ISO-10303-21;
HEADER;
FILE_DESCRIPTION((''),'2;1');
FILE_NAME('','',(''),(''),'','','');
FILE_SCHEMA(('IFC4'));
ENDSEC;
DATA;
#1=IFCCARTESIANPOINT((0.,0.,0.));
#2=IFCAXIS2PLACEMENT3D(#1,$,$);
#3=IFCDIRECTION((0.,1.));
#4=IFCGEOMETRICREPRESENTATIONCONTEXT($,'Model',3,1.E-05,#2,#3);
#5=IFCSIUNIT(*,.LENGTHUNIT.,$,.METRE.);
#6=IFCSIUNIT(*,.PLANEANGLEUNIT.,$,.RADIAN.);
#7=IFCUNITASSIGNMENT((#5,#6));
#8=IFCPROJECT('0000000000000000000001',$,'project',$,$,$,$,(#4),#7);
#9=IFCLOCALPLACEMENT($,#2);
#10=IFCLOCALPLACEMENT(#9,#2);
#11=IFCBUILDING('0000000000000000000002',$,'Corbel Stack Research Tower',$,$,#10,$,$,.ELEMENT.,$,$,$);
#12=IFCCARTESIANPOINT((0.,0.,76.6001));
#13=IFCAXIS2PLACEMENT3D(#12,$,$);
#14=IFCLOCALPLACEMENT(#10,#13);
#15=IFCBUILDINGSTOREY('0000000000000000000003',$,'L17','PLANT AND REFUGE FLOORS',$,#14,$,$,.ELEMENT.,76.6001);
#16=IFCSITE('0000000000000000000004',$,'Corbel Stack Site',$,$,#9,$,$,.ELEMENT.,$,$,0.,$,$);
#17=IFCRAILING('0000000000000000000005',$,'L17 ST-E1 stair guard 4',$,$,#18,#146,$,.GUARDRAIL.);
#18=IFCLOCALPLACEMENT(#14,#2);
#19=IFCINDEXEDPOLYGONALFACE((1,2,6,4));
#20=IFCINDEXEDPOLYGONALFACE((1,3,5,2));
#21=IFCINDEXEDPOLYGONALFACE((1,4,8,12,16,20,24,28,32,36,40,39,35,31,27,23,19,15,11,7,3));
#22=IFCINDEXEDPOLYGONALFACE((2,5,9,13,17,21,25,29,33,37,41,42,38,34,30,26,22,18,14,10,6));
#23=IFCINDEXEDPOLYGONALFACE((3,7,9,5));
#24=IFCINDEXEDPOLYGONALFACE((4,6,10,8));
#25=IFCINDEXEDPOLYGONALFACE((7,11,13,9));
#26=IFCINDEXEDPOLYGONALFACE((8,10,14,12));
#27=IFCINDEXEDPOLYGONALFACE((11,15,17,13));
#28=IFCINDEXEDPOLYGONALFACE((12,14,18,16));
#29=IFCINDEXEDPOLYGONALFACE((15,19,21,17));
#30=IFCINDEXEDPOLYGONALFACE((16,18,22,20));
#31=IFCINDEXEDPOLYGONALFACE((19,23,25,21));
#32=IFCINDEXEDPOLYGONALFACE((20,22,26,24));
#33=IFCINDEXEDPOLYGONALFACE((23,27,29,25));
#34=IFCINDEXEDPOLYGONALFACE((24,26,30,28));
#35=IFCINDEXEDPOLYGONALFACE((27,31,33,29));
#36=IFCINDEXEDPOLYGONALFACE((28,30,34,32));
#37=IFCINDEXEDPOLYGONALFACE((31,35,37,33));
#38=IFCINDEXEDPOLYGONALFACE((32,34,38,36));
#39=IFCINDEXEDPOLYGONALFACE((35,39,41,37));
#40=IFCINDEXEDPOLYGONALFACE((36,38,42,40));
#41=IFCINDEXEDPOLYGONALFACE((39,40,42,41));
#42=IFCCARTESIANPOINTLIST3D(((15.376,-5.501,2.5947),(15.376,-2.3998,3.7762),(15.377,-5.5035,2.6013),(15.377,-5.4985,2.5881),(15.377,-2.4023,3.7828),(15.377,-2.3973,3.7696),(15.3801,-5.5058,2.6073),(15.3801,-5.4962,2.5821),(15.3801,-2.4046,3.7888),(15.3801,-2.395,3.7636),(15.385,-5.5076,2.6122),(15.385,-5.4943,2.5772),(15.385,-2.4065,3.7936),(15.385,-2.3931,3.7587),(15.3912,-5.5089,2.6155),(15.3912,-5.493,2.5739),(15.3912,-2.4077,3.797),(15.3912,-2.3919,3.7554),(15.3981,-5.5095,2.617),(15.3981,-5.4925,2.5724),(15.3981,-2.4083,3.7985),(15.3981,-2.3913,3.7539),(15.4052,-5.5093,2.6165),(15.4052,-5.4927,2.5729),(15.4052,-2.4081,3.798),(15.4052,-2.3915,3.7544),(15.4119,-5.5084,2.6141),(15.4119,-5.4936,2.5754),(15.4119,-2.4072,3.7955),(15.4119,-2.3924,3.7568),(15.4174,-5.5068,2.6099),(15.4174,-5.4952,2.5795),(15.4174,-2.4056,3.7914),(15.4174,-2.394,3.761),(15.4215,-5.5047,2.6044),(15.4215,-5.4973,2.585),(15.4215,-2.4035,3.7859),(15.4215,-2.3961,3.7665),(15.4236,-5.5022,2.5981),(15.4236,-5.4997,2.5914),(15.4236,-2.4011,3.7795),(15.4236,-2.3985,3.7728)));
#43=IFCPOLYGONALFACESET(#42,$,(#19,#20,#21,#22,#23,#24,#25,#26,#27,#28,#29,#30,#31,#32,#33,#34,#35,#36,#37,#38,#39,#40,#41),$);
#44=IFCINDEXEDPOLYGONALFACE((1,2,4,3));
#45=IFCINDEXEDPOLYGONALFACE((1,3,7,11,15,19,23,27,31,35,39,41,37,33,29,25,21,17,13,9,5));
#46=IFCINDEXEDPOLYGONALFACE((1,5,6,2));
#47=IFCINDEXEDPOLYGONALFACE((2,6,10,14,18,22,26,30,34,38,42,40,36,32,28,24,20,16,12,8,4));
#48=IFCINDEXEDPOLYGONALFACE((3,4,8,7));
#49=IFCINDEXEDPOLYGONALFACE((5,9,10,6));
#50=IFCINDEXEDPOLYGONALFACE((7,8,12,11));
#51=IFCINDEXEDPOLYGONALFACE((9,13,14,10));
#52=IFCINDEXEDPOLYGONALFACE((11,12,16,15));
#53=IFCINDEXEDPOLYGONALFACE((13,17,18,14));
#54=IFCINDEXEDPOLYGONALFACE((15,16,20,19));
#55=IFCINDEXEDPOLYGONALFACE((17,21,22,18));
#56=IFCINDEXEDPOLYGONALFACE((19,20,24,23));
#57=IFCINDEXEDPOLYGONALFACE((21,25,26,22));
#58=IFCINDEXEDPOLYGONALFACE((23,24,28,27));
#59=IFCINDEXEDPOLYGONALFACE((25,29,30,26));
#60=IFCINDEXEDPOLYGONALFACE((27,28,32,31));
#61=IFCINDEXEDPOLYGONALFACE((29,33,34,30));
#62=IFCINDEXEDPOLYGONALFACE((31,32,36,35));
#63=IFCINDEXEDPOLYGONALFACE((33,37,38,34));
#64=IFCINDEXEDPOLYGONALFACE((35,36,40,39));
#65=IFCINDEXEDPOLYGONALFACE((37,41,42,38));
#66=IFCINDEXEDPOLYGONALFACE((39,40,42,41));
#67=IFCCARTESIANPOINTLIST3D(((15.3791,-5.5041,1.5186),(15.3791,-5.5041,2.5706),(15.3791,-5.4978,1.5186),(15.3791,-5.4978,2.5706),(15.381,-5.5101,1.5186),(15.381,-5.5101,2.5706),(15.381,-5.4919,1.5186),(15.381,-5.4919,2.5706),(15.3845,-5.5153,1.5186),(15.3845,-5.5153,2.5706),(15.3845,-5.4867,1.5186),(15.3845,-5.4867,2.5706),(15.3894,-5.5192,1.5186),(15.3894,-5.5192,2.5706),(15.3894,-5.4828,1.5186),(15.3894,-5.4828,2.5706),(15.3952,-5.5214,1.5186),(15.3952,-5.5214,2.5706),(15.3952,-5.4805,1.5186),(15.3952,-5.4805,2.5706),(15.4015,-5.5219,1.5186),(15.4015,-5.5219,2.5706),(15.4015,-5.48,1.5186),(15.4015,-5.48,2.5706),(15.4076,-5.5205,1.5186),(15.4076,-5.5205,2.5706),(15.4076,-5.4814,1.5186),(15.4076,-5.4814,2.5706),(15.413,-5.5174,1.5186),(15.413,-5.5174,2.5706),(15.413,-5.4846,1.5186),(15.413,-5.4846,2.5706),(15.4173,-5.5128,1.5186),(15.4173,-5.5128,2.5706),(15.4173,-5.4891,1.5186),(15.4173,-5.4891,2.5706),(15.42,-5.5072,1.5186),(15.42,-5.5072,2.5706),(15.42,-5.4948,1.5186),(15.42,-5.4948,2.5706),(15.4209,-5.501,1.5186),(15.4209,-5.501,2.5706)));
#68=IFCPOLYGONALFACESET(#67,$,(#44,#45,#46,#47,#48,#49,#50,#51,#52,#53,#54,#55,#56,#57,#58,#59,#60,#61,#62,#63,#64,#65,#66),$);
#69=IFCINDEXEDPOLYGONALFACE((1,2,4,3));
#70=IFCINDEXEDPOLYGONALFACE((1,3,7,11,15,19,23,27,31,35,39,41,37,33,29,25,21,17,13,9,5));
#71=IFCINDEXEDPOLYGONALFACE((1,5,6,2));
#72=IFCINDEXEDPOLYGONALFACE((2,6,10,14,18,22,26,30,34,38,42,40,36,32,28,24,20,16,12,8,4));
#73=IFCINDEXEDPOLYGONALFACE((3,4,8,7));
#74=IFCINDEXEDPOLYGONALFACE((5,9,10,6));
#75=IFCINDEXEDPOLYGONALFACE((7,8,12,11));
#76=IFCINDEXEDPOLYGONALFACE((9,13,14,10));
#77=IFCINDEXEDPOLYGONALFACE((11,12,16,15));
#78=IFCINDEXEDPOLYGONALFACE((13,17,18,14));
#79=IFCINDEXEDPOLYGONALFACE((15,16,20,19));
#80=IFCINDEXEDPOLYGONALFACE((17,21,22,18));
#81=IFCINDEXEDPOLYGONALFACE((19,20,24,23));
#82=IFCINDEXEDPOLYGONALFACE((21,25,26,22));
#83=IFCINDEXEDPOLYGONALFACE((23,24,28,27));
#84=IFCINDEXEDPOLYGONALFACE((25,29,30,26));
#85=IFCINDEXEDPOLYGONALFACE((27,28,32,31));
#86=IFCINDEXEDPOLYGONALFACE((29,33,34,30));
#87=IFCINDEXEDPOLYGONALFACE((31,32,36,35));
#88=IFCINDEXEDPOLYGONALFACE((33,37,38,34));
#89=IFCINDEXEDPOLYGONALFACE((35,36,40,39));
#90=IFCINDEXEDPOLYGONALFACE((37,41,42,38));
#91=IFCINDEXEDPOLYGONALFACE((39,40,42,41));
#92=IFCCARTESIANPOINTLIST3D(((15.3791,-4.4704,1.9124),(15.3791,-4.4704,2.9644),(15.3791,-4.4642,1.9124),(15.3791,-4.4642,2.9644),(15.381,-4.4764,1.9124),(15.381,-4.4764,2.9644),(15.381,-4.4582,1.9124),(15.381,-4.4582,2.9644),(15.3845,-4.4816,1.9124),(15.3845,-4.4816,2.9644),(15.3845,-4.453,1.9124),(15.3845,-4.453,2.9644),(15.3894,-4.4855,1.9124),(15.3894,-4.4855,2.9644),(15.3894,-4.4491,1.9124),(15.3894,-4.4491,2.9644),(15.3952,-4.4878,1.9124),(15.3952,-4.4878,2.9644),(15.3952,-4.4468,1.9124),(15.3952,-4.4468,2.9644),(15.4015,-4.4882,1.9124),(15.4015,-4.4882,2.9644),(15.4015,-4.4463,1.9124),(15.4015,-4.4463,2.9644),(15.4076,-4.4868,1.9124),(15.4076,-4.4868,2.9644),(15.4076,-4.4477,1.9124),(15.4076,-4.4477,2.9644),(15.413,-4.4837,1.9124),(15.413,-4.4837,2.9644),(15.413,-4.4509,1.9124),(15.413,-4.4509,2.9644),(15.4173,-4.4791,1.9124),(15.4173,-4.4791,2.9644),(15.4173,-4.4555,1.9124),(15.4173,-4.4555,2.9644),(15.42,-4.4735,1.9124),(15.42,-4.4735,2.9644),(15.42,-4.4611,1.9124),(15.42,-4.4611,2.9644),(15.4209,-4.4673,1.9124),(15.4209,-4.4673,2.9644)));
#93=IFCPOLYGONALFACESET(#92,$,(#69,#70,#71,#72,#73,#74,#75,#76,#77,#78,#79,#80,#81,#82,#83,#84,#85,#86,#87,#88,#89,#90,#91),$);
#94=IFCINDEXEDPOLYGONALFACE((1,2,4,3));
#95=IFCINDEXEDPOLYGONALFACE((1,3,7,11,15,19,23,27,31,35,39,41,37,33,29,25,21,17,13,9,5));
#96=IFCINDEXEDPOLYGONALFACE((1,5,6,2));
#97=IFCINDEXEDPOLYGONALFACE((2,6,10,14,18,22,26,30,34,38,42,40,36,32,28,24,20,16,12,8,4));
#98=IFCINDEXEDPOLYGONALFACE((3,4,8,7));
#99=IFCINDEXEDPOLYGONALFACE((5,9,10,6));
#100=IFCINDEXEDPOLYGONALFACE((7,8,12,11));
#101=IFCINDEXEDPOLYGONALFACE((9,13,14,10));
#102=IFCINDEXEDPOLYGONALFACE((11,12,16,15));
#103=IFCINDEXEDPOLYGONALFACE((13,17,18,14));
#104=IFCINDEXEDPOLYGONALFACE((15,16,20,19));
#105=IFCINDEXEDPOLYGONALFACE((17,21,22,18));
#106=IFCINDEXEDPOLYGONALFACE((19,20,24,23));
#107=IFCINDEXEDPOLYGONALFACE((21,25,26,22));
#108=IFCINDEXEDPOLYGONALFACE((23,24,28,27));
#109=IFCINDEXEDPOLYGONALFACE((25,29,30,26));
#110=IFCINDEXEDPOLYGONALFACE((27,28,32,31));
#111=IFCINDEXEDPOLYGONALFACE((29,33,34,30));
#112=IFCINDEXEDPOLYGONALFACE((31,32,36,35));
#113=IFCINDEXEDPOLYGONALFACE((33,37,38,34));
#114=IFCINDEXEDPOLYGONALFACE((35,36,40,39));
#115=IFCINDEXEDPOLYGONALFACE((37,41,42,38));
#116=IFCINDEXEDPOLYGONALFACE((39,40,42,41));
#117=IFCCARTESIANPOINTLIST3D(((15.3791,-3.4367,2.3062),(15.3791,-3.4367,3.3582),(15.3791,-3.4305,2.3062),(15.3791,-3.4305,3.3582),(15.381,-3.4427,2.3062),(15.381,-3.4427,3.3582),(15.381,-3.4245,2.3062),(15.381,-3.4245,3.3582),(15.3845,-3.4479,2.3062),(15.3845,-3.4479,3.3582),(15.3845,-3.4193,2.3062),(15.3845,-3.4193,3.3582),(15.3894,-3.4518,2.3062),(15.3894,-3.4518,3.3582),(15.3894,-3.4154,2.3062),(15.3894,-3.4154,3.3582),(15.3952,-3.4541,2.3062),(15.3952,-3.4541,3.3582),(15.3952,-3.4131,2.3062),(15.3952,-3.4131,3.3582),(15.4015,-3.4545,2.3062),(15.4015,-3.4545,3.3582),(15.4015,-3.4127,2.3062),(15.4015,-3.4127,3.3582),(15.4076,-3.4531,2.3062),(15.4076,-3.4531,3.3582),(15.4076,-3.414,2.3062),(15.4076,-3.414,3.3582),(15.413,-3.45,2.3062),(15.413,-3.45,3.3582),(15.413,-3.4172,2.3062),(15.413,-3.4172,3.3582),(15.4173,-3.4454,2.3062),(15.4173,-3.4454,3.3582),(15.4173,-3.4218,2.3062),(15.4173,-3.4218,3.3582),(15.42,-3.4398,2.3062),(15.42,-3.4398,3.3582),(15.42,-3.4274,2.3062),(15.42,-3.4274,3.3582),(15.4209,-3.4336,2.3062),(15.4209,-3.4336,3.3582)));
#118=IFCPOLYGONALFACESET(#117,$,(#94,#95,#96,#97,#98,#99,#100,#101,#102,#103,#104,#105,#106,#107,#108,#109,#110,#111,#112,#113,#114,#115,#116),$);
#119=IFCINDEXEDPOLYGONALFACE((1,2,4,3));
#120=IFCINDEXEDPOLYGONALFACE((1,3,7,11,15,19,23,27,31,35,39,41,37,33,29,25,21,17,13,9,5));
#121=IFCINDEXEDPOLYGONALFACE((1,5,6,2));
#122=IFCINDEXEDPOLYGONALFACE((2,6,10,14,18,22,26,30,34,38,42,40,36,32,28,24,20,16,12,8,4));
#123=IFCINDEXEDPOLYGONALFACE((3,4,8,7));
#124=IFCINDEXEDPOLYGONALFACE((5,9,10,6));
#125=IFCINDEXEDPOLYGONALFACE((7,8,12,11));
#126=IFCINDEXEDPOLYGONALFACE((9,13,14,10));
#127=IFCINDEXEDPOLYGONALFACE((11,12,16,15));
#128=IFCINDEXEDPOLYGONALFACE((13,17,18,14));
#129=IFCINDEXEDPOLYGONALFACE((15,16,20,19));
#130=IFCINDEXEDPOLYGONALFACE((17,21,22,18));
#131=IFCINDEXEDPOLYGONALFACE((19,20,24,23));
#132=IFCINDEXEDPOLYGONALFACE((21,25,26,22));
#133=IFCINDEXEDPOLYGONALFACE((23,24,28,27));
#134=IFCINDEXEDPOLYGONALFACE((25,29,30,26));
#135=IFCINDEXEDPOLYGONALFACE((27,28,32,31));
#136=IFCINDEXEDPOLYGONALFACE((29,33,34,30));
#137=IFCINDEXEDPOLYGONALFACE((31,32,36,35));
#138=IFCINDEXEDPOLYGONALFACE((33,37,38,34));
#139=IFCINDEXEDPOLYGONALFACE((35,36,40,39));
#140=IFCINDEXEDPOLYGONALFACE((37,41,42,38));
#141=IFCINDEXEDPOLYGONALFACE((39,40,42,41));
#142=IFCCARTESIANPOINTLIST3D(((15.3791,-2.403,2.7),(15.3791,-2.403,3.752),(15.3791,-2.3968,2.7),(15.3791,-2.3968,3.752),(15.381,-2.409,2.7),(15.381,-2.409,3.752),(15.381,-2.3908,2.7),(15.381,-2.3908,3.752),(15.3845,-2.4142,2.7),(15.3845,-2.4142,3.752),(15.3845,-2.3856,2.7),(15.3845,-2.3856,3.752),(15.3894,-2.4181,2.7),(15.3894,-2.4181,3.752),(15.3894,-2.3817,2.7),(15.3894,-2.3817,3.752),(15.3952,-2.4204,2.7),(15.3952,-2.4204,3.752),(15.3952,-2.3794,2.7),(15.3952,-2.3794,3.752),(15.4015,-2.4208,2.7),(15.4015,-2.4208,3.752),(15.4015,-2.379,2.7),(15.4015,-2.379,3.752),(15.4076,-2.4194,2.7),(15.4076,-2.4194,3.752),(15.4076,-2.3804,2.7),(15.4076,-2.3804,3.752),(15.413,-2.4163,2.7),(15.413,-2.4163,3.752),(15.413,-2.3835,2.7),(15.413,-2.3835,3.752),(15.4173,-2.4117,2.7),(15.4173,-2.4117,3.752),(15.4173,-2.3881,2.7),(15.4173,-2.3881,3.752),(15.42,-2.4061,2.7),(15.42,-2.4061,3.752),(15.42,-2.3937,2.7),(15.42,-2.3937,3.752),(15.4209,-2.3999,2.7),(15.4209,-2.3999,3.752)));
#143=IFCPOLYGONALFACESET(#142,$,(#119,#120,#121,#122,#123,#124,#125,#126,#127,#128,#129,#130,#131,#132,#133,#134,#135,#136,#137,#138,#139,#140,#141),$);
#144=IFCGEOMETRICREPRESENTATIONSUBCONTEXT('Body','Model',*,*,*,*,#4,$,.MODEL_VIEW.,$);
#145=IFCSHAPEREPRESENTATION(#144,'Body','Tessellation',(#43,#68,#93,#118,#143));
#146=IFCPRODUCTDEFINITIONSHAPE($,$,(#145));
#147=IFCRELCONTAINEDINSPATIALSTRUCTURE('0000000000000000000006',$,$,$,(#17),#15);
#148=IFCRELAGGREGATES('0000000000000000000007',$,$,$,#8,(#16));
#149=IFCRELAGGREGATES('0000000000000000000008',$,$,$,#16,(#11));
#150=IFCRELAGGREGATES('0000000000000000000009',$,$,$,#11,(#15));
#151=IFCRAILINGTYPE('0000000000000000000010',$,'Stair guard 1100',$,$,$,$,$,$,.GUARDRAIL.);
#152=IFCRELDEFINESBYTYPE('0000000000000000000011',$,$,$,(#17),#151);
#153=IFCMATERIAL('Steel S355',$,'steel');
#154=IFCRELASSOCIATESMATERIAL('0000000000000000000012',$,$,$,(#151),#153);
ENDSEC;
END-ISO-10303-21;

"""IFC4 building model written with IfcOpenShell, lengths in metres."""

from ifc_helpers import new_model, si_unit, direction, frame, origin, origin_2d, place, context, subcontext, project, spatial, circle, extrude, material, type_object, element, save


model = new_model("IFC4")

# Units and contexts
model_context = context("Model", 3, precision=1e-05, world=origin(), true_north=direction((0.0, 1.0)))
body_context = subcontext(model_context, "Body", "Model", "MODEL_VIEW")
ifc_project = project(units=[si_unit("LENGTHUNIT", "METRE"), si_unit("PLANEANGLEUNIT", "RADIAN")], contexts=[model_context])

# Site, building, storey
site_placement = place(None, origin())
site = spatial("IfcSite", under=ifc_project, at=site_placement, Name="Corbel Stack Site", CompositionType="ELEMENT", RefElevation=0.0)
building_placement = place(site_placement, origin())
building = spatial("IfcBuilding", under=site, at=building_placement, Name="Corbel Stack Research Tower", CompositionType="ELEMENT")
storey_placement = place(building_placement, frame((0.0, 0.0, 76.6001)))
storey = spatial("IfcBuildingStorey", under=building, at=storey_placement, Name="L17", Description="PLANT AND REFUGE FLOORS", CompositionType="ELEMENT", Elevation=76.6001)

# Railing
ifc_material_1 = material(Name="Steel S355", Category="steel")
railing_type = type_object("IfcRailingType", Name="Stair guard 1100", PredefinedType="GUARDRAIL", material=ifc_material_1)
railing_1_placement = place(storey_placement, frame((15.3999, -5.501, 1.5186)))
element("IfcRailing", 1, at=railing_1_placement, inside=storey, type_object=railing_type, Name="L17 ST-E1 stair guard 4", PredefinedType="GUARDRAIL", context=body_context, shape_type="SweptSolid", body=[
    extrude(circle(Radius=0.0239, at=origin_2d()), frame((0.0, 0.0, 1.0762), z_axis=(0.0, 0.934484, 0.356005), x_axis=(-1.0, 0.0, 0.0)), (0.0, 0.0, 1.0), 3.3186),
    extrude(circle(Radius=0.021, at=origin_2d()), origin(), (0.0, 0.0, 1.0), 1.052),
    extrude(circle(Radius=0.021, at=origin_2d()), frame((0.0, 1.0337, 0.3938)), (0.0, 0.0, 1.0), 1.052),
    extrude(circle(Radius=0.021, at=origin_2d()), frame((0.0, 2.0674, 0.7876)), (0.0, 0.0, 1.0), 1.052),
    extrude(circle(Radius=0.021, at=origin_2d()), frame((0.0, 3.1011, 1.1814)), (0.0, 0.0, 1.0), 1.052),
])

save(model, "model.ifc")
